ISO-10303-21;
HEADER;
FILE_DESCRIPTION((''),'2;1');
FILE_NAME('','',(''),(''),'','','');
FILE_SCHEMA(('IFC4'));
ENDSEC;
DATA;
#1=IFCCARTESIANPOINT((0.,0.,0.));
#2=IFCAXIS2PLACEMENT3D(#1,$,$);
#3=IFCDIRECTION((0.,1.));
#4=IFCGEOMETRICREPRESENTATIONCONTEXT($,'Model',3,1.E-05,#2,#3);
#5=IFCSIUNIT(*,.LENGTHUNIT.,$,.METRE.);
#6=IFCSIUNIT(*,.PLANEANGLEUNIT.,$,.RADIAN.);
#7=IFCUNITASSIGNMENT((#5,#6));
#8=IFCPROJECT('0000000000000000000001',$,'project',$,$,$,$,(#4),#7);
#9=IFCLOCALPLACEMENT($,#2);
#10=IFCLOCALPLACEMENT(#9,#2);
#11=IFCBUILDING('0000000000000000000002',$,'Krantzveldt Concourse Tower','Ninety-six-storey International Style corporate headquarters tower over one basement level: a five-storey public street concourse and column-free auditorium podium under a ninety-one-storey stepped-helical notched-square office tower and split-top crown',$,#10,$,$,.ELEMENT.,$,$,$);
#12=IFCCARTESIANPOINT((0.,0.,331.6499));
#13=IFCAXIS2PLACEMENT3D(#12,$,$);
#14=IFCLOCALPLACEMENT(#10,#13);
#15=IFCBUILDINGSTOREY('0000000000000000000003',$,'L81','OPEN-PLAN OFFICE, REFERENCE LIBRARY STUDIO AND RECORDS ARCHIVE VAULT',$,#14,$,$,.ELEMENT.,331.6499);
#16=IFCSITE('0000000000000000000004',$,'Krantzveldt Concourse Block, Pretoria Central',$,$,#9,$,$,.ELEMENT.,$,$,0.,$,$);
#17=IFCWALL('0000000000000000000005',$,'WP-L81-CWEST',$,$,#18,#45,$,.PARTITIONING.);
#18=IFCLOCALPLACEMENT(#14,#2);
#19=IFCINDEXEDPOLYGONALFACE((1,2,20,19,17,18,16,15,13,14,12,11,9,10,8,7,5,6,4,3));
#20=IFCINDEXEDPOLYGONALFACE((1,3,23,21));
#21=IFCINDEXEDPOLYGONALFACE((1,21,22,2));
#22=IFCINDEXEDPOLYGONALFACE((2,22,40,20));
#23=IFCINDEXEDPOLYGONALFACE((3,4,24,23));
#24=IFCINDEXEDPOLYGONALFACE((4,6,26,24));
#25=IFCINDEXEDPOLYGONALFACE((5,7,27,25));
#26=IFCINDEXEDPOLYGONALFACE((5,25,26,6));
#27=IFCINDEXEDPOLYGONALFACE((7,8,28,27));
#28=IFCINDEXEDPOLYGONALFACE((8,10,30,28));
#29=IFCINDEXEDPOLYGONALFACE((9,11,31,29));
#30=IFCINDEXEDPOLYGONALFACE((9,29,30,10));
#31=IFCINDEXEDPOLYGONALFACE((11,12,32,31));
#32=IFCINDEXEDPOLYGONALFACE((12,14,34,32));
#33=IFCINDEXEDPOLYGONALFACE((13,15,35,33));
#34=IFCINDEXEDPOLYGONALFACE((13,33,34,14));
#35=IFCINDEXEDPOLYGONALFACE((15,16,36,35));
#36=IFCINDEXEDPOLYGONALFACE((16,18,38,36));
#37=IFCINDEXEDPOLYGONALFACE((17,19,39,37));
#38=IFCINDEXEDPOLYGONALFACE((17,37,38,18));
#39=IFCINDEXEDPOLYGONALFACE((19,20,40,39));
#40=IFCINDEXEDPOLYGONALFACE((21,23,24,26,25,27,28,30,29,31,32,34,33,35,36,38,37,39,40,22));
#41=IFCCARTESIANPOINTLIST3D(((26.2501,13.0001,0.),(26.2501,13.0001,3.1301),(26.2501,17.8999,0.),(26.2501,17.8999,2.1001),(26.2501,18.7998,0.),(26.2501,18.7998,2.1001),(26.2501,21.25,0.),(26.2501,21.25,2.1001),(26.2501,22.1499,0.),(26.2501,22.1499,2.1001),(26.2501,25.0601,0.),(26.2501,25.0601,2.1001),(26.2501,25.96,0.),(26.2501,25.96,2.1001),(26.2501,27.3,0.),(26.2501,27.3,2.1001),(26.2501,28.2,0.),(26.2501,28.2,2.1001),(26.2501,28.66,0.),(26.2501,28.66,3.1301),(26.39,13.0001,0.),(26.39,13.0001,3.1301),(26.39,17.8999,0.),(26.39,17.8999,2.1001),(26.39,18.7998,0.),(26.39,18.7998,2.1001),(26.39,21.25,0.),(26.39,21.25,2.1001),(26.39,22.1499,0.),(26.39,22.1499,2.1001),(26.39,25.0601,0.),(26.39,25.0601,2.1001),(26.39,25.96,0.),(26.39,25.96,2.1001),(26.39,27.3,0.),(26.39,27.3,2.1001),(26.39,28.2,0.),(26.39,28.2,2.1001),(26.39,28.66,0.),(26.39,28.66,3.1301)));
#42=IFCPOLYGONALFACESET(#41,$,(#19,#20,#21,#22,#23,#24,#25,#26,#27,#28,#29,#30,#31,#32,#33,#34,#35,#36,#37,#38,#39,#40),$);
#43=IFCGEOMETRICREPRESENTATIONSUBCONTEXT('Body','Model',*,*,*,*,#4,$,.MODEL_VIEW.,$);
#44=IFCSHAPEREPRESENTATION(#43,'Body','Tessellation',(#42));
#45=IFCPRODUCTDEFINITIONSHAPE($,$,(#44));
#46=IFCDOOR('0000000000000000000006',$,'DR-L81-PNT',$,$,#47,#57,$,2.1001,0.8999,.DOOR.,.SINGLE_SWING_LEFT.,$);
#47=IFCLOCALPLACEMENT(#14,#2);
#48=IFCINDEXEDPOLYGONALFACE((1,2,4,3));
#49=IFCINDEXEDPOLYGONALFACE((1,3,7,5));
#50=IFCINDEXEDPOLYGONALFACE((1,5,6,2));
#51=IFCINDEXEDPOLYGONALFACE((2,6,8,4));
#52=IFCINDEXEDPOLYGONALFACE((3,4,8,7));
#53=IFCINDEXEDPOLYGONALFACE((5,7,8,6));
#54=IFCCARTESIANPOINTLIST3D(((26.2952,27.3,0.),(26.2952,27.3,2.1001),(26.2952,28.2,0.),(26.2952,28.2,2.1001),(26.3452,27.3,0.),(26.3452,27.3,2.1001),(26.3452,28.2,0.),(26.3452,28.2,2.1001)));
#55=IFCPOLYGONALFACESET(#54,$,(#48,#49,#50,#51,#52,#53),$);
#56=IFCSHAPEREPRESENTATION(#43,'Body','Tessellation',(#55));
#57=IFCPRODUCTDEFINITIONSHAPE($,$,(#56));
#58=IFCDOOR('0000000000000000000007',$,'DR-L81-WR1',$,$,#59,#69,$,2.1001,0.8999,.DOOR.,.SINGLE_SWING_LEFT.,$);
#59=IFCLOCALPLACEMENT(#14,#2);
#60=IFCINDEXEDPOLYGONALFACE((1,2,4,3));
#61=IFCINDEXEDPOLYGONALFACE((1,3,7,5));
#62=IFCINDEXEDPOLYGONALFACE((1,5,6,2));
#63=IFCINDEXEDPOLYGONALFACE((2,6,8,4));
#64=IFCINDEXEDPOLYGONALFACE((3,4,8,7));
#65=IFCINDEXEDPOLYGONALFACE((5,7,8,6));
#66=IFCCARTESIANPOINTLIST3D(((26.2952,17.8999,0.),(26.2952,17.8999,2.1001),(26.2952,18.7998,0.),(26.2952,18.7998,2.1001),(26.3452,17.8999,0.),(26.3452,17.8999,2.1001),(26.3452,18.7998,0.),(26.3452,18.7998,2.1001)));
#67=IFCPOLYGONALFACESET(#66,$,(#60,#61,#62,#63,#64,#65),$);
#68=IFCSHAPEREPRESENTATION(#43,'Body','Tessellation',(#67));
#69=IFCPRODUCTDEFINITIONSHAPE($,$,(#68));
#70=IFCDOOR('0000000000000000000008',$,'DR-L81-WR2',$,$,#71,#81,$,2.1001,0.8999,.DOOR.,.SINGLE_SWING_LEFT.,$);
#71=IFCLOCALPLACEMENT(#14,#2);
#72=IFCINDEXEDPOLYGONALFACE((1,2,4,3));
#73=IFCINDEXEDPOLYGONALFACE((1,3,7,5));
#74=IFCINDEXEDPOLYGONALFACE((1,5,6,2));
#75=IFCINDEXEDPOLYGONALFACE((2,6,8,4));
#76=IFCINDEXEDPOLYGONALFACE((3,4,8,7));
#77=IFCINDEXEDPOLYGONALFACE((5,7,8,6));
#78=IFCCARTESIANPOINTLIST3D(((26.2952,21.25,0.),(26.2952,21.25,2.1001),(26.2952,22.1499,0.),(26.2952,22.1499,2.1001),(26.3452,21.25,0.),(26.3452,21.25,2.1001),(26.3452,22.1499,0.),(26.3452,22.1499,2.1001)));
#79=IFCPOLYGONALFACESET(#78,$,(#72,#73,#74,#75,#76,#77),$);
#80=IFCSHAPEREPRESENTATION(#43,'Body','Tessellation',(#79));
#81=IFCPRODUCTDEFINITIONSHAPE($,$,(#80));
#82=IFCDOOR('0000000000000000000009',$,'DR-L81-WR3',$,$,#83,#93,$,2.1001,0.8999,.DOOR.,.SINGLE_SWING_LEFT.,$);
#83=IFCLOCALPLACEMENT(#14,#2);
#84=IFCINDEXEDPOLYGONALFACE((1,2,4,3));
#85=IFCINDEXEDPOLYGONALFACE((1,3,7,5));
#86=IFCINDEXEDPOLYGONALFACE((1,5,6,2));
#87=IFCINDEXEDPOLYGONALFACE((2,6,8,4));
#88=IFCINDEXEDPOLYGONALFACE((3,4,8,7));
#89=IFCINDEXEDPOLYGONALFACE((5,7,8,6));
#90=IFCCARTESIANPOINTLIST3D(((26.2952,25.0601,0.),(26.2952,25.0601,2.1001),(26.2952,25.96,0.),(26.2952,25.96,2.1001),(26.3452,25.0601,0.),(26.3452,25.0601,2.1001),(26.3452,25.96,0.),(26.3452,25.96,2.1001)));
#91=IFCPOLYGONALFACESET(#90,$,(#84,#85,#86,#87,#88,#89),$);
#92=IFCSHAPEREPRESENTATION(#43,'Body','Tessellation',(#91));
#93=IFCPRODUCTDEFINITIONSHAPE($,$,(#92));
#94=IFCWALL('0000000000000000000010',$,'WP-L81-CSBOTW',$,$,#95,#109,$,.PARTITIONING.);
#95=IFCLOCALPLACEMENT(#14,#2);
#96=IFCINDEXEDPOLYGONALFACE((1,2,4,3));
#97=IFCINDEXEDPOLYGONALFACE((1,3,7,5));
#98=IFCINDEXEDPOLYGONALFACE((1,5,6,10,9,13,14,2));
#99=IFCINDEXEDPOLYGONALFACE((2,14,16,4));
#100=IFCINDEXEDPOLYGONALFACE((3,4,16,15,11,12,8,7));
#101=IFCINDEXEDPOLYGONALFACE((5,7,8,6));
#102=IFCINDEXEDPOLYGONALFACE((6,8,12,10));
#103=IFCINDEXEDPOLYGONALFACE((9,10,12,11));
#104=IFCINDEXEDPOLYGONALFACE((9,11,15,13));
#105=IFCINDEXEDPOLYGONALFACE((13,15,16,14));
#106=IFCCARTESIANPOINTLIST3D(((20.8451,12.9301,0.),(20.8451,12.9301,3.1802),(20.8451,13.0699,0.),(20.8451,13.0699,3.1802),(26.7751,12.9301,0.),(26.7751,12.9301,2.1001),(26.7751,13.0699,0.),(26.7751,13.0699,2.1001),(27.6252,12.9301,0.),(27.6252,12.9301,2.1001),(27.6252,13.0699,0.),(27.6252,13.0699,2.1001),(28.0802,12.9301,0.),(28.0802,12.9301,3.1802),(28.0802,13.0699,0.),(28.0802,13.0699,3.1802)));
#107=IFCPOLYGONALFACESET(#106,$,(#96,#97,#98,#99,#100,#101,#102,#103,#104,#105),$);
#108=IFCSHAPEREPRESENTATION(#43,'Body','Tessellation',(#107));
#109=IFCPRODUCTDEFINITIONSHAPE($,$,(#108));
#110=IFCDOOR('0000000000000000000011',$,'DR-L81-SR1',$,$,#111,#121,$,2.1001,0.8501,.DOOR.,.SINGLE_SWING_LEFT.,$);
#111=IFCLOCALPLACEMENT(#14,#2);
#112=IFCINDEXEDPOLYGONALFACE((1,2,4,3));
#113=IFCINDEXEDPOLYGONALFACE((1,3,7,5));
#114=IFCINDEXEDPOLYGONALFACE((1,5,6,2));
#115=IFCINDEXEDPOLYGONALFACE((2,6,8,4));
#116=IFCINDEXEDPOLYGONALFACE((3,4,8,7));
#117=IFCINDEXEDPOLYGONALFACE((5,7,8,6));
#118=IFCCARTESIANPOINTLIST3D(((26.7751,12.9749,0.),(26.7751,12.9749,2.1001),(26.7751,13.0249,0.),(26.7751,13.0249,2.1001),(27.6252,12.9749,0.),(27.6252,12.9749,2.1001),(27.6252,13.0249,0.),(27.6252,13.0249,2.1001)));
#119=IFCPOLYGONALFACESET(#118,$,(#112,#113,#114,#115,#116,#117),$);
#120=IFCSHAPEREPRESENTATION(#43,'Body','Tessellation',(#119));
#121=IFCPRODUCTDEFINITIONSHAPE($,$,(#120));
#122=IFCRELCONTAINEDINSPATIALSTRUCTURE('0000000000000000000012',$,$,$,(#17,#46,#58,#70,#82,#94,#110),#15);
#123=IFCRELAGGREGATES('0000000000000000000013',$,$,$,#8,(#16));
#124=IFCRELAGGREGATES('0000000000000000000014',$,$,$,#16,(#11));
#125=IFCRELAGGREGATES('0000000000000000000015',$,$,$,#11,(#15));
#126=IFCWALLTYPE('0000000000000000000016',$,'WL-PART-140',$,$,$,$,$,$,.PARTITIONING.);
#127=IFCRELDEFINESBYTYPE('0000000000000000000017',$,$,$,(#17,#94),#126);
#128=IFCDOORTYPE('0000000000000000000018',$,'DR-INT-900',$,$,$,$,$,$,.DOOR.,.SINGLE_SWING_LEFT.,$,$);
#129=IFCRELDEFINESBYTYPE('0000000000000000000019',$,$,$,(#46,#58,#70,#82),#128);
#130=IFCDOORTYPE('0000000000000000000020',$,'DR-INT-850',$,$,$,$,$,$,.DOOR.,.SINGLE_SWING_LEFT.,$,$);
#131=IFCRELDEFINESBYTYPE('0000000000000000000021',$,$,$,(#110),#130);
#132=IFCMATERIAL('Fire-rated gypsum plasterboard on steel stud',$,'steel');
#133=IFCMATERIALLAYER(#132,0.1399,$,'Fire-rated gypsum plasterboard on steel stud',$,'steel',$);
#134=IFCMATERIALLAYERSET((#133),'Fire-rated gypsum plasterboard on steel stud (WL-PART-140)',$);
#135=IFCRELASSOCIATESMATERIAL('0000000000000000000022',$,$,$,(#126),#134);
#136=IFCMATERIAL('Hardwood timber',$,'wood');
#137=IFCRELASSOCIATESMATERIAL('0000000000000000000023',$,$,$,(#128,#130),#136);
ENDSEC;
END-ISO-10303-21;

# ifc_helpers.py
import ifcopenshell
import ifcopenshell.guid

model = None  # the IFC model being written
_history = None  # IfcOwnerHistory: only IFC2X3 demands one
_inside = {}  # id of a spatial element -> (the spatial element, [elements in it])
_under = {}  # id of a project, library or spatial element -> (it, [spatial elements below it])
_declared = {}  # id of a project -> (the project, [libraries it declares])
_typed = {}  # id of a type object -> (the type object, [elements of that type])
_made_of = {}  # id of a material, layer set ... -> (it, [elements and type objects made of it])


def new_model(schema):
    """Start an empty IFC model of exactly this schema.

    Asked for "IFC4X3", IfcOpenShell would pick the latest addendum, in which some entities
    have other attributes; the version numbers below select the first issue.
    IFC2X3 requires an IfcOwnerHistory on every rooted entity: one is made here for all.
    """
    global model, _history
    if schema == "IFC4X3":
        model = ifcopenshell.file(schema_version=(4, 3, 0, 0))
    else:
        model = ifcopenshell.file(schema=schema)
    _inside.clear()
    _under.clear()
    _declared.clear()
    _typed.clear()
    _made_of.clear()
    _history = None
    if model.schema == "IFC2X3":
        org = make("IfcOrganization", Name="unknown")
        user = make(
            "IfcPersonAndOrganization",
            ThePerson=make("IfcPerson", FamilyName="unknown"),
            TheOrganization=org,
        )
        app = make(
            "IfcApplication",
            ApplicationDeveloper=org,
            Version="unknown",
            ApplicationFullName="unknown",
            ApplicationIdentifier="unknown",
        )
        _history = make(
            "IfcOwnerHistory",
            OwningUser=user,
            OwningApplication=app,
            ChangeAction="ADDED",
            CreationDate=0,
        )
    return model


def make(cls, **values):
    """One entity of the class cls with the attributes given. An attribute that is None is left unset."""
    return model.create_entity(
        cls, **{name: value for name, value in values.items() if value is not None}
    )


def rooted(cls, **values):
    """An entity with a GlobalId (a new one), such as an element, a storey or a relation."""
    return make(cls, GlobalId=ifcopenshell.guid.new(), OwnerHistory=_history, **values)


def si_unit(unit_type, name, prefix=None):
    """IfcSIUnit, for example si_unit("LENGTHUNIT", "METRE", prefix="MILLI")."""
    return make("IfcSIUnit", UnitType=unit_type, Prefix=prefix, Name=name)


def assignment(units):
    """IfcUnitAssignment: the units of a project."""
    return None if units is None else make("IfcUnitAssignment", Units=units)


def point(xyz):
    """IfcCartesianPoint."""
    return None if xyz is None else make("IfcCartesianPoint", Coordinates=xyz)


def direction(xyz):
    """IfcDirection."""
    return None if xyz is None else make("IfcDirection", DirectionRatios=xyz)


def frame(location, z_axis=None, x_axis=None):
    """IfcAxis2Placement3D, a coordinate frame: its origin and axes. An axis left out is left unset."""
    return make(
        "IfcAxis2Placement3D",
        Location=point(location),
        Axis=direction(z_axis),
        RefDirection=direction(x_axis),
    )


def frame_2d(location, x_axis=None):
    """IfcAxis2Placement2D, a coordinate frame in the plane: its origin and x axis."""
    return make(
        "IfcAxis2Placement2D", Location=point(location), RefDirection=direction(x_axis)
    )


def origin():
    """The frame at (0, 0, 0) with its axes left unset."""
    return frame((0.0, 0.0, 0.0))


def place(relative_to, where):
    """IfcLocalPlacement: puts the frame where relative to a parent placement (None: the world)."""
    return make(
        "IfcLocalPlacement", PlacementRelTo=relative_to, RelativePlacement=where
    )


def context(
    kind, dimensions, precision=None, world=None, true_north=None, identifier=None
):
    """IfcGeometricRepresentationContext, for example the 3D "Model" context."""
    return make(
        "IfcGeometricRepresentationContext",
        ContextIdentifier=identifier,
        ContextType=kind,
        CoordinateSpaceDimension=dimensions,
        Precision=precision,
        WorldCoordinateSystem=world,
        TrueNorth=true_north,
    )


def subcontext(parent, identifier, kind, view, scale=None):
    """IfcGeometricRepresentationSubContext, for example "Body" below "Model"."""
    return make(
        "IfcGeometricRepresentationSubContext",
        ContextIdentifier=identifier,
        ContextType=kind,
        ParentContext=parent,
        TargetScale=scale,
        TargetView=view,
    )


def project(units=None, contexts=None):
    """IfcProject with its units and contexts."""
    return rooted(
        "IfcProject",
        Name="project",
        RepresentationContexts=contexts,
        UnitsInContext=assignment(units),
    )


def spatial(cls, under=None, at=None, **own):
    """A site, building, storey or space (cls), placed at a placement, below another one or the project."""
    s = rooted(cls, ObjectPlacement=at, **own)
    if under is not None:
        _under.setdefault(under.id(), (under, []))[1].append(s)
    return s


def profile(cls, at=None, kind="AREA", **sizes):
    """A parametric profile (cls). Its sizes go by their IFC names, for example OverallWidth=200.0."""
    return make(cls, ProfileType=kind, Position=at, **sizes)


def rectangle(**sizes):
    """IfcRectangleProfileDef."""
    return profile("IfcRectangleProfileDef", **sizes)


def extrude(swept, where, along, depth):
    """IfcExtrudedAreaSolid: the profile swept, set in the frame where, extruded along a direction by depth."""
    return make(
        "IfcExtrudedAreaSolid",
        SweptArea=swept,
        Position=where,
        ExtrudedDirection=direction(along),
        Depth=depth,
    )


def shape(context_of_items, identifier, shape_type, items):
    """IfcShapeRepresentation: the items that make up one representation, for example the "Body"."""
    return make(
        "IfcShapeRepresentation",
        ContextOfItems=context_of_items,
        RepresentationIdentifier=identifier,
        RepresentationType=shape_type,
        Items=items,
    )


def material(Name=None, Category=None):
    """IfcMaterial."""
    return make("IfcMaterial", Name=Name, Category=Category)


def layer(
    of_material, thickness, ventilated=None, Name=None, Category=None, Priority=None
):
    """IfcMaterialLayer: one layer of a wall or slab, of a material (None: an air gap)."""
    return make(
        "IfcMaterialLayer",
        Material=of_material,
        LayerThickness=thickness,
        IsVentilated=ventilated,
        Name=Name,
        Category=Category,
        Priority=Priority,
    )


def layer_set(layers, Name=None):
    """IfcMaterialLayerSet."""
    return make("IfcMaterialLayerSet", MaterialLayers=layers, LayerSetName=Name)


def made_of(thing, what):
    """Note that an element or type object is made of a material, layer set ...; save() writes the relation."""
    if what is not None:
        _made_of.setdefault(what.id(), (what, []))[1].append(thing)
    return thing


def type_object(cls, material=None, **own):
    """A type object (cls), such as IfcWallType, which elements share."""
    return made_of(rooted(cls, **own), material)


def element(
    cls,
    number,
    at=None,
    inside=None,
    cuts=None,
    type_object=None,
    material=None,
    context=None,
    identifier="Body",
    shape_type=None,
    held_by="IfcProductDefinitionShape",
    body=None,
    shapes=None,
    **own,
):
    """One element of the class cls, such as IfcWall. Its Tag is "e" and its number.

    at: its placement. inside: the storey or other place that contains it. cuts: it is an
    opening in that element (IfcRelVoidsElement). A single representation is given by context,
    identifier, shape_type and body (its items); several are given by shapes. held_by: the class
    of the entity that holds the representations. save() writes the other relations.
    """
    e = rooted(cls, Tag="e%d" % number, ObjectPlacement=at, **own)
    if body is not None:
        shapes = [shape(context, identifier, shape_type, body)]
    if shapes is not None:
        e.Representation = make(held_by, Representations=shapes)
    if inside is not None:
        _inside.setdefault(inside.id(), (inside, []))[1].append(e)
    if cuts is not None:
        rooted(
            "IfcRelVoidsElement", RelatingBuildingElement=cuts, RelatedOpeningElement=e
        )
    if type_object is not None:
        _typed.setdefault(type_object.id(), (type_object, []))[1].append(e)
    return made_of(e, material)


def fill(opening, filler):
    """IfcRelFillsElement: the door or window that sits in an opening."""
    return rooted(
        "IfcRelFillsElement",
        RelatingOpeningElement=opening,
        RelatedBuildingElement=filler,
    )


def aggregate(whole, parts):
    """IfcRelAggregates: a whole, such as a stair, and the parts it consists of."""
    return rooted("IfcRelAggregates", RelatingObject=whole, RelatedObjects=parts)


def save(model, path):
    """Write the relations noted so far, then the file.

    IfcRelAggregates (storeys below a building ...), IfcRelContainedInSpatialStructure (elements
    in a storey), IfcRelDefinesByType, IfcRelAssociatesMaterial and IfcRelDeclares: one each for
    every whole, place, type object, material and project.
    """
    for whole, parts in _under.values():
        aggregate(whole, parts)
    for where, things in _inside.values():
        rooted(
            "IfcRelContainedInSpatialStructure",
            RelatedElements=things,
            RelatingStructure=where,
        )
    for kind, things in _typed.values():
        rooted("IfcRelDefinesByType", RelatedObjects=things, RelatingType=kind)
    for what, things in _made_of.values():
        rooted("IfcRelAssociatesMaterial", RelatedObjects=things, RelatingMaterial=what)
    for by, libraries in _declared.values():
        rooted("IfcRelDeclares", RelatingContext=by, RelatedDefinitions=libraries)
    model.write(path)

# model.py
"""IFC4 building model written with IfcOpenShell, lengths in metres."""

from ifc_helpers import new_model, si_unit, direction, frame, frame_2d, origin, place, context, subcontext, project, spatial, rectangle, extrude, material, layer, layer_set, type_object, element, fill, save


model = new_model("IFC4")

# Units and contexts
model_context = context("Model", 3, precision=1e-05, world=origin(), true_north=direction((0.0, 1.0)))
body_context = subcontext(model_context, "Body", "Model", "MODEL_VIEW")
ifc_project = project(units=[si_unit("LENGTHUNIT", "METRE"), si_unit("PLANEANGLEUNIT", "RADIAN")], contexts=[model_context])

# Site, building, storey
site_placement = place(None, origin())
site = spatial("IfcSite", under=ifc_project, at=site_placement, Name="Krantzveldt Concourse Block, Pretoria Central", CompositionType="ELEMENT", RefElevation=0.0)
building_placement = place(site_placement, origin())
building = spatial("IfcBuilding", under=site, at=building_placement, Name="Krantzveldt Concourse Tower", Description="Ninety-six-storey International Style corporate headquarters tower over one basement level: a five-storey public street concourse and column-free auditorium podium under a ninety-one-storey stepped-helical notched-square office tower and split-top crown", CompositionType="ELEMENT")
storey_placement = place(building_placement, frame((0.0, 0.0, 331.6499)))
storey = spatial("IfcBuildingStorey", under=building, at=storey_placement, Name="L81", Description="OPEN-PLAN OFFICE, REFERENCE LIBRARY STUDIO AND RECORDS ARCHIVE VAULT", CompositionType="ELEMENT", Elevation=331.6499)

# Shared definitions
ifc_material_1 = material(Name="Fire-rated gypsum plasterboard on steel stud", Category="steel")

# Wall, openings, doors
ifc_layer_1 = layer(ifc_material_1, 0.1399, Name="Fire-rated gypsum plasterboard on steel stud", Category="steel")
ifc_layer_set_1 = layer_set([ifc_layer_1], Name="Fire-rated gypsum plasterboard on steel stud (WL-PART-140)")
wall_type_1 = type_object("IfcWallType", Name="WL-PART-140", PredefinedType="PARTITIONING", material=ifc_layer_set_1)
wall_1_placement = place(storey_placement, frame((26.3201, 13.0, 0.0), z_axis=(0.0, 0.0, 1.0), x_axis=(0.0, 1.0, 0.0)))
wall_1 = element("IfcWall", 1, at=wall_1_placement, inside=storey, type_object=wall_type_1, Name="WP-L81-CWEST", PredefinedType="PARTITIONING", context=body_context, shape_type="SweptSolid", body=[
    extrude(rectangle(XDim=15.6599, YDim=0.1399, at=frame_2d((7.8301, 0.0))), origin(), (0.0, 0.0, 1.0), 3.1301),
])
opening_1_placement = place(wall_1_placement, frame((14.3, 0.0, 0.0)))
opening_1 = element("IfcOpeningElement", 2, at=opening_1_placement, cuts=wall_1, PredefinedType="OPENING", context=body_context, shape_type="SweptSolid", body=[
    extrude(rectangle(XDim=0.8999, YDim=2.1001, at=frame_2d((0.45, 1.05))), frame((0.0, 0.0801, 0.0), z_axis=(0.0, -1.0, 0.0), x_axis=(1.0, 0.0, 0.0)), (0.0, 0.0, 1.0), 0.1599),
])
opening_2_placement = place(wall_1_placement, frame((4.8999, 0.0, 0.0)))
opening_2 = element("IfcOpeningElement", 3, at=opening_2_placement, cuts=wall_1, PredefinedType="OPENING", context=body_context, shape_type="SweptSolid", body=[
    extrude(rectangle(XDim=0.8999, YDim=2.1001, at=frame_2d((0.45, 1.05))), frame((0.0, 0.0801, 0.0), z_axis=(0.0, -1.0, 0.0), x_axis=(1.0, 0.0, 0.0)), (0.0, 0.0, 1.0), 0.1599),
])
opening_3_placement = place(wall_1_placement, frame((8.25, 0.0, 0.0)))
opening_3 = element("IfcOpeningElement", 4, at=opening_3_placement, cuts=wall_1, PredefinedType="OPENING", context=body_context, shape_type="SweptSolid", body=[
    extrude(rectangle(XDim=0.8999, YDim=2.1001, at=frame_2d((0.45, 1.05))), frame((0.0, 0.0801, 0.0), z_axis=(0.0, -1.0, 0.0), x_axis=(1.0, 0.0, 0.0)), (0.0, 0.0, 1.0), 0.1599),
])
opening_4_placement = place(wall_1_placement, frame((12.0601, 0.0, 0.0)))
opening_4 = element("IfcOpeningElement", 5, at=opening_4_placement, cuts=wall_1, PredefinedType="OPENING", context=body_context, shape_type="SweptSolid", body=[
    extrude(rectangle(XDim=0.8999, YDim=2.1001, at=frame_2d((0.45, 1.05))), frame((0.0, 0.0801, 0.0), z_axis=(0.0, -1.0, 0.0), x_axis=(1.0, 0.0, 0.0)), (0.0, 0.0, 1.0), 0.1599),
])
ifc_material_2 = material(Name="Hardwood timber", Category="wood")
door_type_1 = type_object("IfcDoorType", Name="DR-INT-900", OperationType="SINGLE_SWING_LEFT", PredefinedType="DOOR", material=ifc_material_2)
door_1_placement = place(opening_1_placement, origin())
door_1 = element("IfcDoor", 6, at=door_1_placement, inside=storey, type_object=door_type_1, Name="DR-L81-PNT", OperationType="SINGLE_SWING_LEFT", OverallHeight=2.1001, OverallWidth=0.8999, PredefinedType="DOOR", context=body_context, shape_type="SweptSolid", body=[
    extrude(rectangle(XDim=0.8999, YDim=2.1001, at=frame_2d((0.45, 1.05))), frame((0.0, 0.0249, 0.0), z_axis=(0.0, -1.0, 0.0), x_axis=(1.0, 0.0, 0.0)), (0.0, 0.0, 1.0), 0.05),
])
fill(opening_1, door_1)
door_2_placement = place(opening_2_placement, origin())
door_2 = element("IfcDoor", 7, at=door_2_placement, inside=storey, type_object=door_type_1, Name="DR-L81-WR1", OperationType="SINGLE_SWING_LEFT", OverallHeight=2.1001, OverallWidth=0.8999, PredefinedType="DOOR", context=body_context, shape_type="SweptSolid", body=[
    extrude(rectangle(XDim=0.8999, YDim=2.1001, at=frame_2d((0.45, 1.05))), frame((0.0, 0.0249, 0.0), z_axis=(0.0, -1.0, 0.0), x_axis=(1.0, 0.0, 0.0)), (0.0, 0.0, 1.0), 0.05),
])
fill(opening_2, door_2)
door_3_placement = place(opening_3_placement, origin())
door_3 = element("IfcDoor", 8, at=door_3_placement, inside=storey, type_object=door_type_1, Name="DR-L81-WR2", OperationType="SINGLE_SWING_LEFT", OverallHeight=2.1001, OverallWidth=0.8999, PredefinedType="DOOR", context=body_context, shape_type="SweptSolid", body=[
    extrude(rectangle(XDim=0.8999, YDim=2.1001, at=frame_2d((0.45, 1.05))), frame((0.0, 0.0249, 0.0), z_axis=(0.0, -1.0, 0.0), x_axis=(1.0, 0.0, 0.0)), (0.0, 0.0, 1.0), 0.05),
])
fill(opening_3, door_3)
door_4_placement = place(opening_4_placement, origin())
door_4 = element("IfcDoor", 9, at=door_4_placement, inside=storey, type_object=door_type_1, Name="DR-L81-WR3", OperationType="SINGLE_SWING_LEFT", OverallHeight=2.1001, OverallWidth=0.8999, PredefinedType="DOOR", context=body_context, shape_type="SweptSolid", body=[
    extrude(rectangle(XDim=0.8999, YDim=2.1001, at=frame_2d((0.45, 1.05))), frame((0.0, 0.0249, 0.0), z_axis=(0.0, -1.0, 0.0), x_axis=(1.0, 0.0, 0.0)), (0.0, 0.0, 1.0), 0.05),
])
fill(opening_4, door_4)

# Wall, opening, door
wall_2_placement = place(storey_placement, frame((20.845, 13.0, 0.0), z_axis=(0.0, 0.0, 1.0), x_axis=(1.0, 0.0, 0.0)))
wall_2 = element("IfcWall", 10, at=wall_2_placement, inside=storey, type_object=wall_type_1, Name="WP-L81-CSBOTW", PredefinedType="PARTITIONING", context=body_context, shape_type="SweptSolid", body=[
    extrude(rectangle(XDim=7.2351, YDim=0.1399, at=frame_2d((3.6177, 0.0))), origin(), (0.0, 0.0, 1.0), 3.1802),
])
opening_5_placement = place(wall_2_placement, frame((5.9302, 0.0, 0.0)))
opening_5 = element("IfcOpeningElement", 11, at=opening_5_placement, cuts=wall_2, PredefinedType="OPENING", context=body_context, shape_type="SweptSolid", body=[
    extrude(rectangle(XDim=0.8501, YDim=2.1001, at=frame_2d((0.425, 1.05))), frame((0.0, 0.0801, 0.0), z_axis=(0.0, -1.0, 0.0), x_axis=(1.0, 0.0, 0.0)), (0.0, 0.0, 1.0), 0.1599),
])
door_type_2 = type_object("IfcDoorType", Name="DR-INT-850", OperationType="SINGLE_SWING_LEFT", PredefinedType="DOOR", material=ifc_material_2)
door_5_placement = place(opening_5_placement, origin())
door_5 = element("IfcDoor", 12, at=door_5_placement, inside=storey, type_object=door_type_2, Name="DR-L81-SR1", OperationType="SINGLE_SWING_LEFT", OverallHeight=2.1001, OverallWidth=0.8501, PredefinedType="DOOR", context=body_context, shape_type="SweptSolid", body=[
    extrude(rectangle(XDim=0.8501, YDim=2.1001, at=frame_2d((0.425, 1.05))), frame((0.0, 0.0249, 0.0), z_axis=(0.0, -1.0, 0.0), x_axis=(1.0, 0.0, 0.0)), (0.0, 0.0, 1.0), 0.05),
])
fill(opening_5, door_5)

save(model, "model.ifc")
